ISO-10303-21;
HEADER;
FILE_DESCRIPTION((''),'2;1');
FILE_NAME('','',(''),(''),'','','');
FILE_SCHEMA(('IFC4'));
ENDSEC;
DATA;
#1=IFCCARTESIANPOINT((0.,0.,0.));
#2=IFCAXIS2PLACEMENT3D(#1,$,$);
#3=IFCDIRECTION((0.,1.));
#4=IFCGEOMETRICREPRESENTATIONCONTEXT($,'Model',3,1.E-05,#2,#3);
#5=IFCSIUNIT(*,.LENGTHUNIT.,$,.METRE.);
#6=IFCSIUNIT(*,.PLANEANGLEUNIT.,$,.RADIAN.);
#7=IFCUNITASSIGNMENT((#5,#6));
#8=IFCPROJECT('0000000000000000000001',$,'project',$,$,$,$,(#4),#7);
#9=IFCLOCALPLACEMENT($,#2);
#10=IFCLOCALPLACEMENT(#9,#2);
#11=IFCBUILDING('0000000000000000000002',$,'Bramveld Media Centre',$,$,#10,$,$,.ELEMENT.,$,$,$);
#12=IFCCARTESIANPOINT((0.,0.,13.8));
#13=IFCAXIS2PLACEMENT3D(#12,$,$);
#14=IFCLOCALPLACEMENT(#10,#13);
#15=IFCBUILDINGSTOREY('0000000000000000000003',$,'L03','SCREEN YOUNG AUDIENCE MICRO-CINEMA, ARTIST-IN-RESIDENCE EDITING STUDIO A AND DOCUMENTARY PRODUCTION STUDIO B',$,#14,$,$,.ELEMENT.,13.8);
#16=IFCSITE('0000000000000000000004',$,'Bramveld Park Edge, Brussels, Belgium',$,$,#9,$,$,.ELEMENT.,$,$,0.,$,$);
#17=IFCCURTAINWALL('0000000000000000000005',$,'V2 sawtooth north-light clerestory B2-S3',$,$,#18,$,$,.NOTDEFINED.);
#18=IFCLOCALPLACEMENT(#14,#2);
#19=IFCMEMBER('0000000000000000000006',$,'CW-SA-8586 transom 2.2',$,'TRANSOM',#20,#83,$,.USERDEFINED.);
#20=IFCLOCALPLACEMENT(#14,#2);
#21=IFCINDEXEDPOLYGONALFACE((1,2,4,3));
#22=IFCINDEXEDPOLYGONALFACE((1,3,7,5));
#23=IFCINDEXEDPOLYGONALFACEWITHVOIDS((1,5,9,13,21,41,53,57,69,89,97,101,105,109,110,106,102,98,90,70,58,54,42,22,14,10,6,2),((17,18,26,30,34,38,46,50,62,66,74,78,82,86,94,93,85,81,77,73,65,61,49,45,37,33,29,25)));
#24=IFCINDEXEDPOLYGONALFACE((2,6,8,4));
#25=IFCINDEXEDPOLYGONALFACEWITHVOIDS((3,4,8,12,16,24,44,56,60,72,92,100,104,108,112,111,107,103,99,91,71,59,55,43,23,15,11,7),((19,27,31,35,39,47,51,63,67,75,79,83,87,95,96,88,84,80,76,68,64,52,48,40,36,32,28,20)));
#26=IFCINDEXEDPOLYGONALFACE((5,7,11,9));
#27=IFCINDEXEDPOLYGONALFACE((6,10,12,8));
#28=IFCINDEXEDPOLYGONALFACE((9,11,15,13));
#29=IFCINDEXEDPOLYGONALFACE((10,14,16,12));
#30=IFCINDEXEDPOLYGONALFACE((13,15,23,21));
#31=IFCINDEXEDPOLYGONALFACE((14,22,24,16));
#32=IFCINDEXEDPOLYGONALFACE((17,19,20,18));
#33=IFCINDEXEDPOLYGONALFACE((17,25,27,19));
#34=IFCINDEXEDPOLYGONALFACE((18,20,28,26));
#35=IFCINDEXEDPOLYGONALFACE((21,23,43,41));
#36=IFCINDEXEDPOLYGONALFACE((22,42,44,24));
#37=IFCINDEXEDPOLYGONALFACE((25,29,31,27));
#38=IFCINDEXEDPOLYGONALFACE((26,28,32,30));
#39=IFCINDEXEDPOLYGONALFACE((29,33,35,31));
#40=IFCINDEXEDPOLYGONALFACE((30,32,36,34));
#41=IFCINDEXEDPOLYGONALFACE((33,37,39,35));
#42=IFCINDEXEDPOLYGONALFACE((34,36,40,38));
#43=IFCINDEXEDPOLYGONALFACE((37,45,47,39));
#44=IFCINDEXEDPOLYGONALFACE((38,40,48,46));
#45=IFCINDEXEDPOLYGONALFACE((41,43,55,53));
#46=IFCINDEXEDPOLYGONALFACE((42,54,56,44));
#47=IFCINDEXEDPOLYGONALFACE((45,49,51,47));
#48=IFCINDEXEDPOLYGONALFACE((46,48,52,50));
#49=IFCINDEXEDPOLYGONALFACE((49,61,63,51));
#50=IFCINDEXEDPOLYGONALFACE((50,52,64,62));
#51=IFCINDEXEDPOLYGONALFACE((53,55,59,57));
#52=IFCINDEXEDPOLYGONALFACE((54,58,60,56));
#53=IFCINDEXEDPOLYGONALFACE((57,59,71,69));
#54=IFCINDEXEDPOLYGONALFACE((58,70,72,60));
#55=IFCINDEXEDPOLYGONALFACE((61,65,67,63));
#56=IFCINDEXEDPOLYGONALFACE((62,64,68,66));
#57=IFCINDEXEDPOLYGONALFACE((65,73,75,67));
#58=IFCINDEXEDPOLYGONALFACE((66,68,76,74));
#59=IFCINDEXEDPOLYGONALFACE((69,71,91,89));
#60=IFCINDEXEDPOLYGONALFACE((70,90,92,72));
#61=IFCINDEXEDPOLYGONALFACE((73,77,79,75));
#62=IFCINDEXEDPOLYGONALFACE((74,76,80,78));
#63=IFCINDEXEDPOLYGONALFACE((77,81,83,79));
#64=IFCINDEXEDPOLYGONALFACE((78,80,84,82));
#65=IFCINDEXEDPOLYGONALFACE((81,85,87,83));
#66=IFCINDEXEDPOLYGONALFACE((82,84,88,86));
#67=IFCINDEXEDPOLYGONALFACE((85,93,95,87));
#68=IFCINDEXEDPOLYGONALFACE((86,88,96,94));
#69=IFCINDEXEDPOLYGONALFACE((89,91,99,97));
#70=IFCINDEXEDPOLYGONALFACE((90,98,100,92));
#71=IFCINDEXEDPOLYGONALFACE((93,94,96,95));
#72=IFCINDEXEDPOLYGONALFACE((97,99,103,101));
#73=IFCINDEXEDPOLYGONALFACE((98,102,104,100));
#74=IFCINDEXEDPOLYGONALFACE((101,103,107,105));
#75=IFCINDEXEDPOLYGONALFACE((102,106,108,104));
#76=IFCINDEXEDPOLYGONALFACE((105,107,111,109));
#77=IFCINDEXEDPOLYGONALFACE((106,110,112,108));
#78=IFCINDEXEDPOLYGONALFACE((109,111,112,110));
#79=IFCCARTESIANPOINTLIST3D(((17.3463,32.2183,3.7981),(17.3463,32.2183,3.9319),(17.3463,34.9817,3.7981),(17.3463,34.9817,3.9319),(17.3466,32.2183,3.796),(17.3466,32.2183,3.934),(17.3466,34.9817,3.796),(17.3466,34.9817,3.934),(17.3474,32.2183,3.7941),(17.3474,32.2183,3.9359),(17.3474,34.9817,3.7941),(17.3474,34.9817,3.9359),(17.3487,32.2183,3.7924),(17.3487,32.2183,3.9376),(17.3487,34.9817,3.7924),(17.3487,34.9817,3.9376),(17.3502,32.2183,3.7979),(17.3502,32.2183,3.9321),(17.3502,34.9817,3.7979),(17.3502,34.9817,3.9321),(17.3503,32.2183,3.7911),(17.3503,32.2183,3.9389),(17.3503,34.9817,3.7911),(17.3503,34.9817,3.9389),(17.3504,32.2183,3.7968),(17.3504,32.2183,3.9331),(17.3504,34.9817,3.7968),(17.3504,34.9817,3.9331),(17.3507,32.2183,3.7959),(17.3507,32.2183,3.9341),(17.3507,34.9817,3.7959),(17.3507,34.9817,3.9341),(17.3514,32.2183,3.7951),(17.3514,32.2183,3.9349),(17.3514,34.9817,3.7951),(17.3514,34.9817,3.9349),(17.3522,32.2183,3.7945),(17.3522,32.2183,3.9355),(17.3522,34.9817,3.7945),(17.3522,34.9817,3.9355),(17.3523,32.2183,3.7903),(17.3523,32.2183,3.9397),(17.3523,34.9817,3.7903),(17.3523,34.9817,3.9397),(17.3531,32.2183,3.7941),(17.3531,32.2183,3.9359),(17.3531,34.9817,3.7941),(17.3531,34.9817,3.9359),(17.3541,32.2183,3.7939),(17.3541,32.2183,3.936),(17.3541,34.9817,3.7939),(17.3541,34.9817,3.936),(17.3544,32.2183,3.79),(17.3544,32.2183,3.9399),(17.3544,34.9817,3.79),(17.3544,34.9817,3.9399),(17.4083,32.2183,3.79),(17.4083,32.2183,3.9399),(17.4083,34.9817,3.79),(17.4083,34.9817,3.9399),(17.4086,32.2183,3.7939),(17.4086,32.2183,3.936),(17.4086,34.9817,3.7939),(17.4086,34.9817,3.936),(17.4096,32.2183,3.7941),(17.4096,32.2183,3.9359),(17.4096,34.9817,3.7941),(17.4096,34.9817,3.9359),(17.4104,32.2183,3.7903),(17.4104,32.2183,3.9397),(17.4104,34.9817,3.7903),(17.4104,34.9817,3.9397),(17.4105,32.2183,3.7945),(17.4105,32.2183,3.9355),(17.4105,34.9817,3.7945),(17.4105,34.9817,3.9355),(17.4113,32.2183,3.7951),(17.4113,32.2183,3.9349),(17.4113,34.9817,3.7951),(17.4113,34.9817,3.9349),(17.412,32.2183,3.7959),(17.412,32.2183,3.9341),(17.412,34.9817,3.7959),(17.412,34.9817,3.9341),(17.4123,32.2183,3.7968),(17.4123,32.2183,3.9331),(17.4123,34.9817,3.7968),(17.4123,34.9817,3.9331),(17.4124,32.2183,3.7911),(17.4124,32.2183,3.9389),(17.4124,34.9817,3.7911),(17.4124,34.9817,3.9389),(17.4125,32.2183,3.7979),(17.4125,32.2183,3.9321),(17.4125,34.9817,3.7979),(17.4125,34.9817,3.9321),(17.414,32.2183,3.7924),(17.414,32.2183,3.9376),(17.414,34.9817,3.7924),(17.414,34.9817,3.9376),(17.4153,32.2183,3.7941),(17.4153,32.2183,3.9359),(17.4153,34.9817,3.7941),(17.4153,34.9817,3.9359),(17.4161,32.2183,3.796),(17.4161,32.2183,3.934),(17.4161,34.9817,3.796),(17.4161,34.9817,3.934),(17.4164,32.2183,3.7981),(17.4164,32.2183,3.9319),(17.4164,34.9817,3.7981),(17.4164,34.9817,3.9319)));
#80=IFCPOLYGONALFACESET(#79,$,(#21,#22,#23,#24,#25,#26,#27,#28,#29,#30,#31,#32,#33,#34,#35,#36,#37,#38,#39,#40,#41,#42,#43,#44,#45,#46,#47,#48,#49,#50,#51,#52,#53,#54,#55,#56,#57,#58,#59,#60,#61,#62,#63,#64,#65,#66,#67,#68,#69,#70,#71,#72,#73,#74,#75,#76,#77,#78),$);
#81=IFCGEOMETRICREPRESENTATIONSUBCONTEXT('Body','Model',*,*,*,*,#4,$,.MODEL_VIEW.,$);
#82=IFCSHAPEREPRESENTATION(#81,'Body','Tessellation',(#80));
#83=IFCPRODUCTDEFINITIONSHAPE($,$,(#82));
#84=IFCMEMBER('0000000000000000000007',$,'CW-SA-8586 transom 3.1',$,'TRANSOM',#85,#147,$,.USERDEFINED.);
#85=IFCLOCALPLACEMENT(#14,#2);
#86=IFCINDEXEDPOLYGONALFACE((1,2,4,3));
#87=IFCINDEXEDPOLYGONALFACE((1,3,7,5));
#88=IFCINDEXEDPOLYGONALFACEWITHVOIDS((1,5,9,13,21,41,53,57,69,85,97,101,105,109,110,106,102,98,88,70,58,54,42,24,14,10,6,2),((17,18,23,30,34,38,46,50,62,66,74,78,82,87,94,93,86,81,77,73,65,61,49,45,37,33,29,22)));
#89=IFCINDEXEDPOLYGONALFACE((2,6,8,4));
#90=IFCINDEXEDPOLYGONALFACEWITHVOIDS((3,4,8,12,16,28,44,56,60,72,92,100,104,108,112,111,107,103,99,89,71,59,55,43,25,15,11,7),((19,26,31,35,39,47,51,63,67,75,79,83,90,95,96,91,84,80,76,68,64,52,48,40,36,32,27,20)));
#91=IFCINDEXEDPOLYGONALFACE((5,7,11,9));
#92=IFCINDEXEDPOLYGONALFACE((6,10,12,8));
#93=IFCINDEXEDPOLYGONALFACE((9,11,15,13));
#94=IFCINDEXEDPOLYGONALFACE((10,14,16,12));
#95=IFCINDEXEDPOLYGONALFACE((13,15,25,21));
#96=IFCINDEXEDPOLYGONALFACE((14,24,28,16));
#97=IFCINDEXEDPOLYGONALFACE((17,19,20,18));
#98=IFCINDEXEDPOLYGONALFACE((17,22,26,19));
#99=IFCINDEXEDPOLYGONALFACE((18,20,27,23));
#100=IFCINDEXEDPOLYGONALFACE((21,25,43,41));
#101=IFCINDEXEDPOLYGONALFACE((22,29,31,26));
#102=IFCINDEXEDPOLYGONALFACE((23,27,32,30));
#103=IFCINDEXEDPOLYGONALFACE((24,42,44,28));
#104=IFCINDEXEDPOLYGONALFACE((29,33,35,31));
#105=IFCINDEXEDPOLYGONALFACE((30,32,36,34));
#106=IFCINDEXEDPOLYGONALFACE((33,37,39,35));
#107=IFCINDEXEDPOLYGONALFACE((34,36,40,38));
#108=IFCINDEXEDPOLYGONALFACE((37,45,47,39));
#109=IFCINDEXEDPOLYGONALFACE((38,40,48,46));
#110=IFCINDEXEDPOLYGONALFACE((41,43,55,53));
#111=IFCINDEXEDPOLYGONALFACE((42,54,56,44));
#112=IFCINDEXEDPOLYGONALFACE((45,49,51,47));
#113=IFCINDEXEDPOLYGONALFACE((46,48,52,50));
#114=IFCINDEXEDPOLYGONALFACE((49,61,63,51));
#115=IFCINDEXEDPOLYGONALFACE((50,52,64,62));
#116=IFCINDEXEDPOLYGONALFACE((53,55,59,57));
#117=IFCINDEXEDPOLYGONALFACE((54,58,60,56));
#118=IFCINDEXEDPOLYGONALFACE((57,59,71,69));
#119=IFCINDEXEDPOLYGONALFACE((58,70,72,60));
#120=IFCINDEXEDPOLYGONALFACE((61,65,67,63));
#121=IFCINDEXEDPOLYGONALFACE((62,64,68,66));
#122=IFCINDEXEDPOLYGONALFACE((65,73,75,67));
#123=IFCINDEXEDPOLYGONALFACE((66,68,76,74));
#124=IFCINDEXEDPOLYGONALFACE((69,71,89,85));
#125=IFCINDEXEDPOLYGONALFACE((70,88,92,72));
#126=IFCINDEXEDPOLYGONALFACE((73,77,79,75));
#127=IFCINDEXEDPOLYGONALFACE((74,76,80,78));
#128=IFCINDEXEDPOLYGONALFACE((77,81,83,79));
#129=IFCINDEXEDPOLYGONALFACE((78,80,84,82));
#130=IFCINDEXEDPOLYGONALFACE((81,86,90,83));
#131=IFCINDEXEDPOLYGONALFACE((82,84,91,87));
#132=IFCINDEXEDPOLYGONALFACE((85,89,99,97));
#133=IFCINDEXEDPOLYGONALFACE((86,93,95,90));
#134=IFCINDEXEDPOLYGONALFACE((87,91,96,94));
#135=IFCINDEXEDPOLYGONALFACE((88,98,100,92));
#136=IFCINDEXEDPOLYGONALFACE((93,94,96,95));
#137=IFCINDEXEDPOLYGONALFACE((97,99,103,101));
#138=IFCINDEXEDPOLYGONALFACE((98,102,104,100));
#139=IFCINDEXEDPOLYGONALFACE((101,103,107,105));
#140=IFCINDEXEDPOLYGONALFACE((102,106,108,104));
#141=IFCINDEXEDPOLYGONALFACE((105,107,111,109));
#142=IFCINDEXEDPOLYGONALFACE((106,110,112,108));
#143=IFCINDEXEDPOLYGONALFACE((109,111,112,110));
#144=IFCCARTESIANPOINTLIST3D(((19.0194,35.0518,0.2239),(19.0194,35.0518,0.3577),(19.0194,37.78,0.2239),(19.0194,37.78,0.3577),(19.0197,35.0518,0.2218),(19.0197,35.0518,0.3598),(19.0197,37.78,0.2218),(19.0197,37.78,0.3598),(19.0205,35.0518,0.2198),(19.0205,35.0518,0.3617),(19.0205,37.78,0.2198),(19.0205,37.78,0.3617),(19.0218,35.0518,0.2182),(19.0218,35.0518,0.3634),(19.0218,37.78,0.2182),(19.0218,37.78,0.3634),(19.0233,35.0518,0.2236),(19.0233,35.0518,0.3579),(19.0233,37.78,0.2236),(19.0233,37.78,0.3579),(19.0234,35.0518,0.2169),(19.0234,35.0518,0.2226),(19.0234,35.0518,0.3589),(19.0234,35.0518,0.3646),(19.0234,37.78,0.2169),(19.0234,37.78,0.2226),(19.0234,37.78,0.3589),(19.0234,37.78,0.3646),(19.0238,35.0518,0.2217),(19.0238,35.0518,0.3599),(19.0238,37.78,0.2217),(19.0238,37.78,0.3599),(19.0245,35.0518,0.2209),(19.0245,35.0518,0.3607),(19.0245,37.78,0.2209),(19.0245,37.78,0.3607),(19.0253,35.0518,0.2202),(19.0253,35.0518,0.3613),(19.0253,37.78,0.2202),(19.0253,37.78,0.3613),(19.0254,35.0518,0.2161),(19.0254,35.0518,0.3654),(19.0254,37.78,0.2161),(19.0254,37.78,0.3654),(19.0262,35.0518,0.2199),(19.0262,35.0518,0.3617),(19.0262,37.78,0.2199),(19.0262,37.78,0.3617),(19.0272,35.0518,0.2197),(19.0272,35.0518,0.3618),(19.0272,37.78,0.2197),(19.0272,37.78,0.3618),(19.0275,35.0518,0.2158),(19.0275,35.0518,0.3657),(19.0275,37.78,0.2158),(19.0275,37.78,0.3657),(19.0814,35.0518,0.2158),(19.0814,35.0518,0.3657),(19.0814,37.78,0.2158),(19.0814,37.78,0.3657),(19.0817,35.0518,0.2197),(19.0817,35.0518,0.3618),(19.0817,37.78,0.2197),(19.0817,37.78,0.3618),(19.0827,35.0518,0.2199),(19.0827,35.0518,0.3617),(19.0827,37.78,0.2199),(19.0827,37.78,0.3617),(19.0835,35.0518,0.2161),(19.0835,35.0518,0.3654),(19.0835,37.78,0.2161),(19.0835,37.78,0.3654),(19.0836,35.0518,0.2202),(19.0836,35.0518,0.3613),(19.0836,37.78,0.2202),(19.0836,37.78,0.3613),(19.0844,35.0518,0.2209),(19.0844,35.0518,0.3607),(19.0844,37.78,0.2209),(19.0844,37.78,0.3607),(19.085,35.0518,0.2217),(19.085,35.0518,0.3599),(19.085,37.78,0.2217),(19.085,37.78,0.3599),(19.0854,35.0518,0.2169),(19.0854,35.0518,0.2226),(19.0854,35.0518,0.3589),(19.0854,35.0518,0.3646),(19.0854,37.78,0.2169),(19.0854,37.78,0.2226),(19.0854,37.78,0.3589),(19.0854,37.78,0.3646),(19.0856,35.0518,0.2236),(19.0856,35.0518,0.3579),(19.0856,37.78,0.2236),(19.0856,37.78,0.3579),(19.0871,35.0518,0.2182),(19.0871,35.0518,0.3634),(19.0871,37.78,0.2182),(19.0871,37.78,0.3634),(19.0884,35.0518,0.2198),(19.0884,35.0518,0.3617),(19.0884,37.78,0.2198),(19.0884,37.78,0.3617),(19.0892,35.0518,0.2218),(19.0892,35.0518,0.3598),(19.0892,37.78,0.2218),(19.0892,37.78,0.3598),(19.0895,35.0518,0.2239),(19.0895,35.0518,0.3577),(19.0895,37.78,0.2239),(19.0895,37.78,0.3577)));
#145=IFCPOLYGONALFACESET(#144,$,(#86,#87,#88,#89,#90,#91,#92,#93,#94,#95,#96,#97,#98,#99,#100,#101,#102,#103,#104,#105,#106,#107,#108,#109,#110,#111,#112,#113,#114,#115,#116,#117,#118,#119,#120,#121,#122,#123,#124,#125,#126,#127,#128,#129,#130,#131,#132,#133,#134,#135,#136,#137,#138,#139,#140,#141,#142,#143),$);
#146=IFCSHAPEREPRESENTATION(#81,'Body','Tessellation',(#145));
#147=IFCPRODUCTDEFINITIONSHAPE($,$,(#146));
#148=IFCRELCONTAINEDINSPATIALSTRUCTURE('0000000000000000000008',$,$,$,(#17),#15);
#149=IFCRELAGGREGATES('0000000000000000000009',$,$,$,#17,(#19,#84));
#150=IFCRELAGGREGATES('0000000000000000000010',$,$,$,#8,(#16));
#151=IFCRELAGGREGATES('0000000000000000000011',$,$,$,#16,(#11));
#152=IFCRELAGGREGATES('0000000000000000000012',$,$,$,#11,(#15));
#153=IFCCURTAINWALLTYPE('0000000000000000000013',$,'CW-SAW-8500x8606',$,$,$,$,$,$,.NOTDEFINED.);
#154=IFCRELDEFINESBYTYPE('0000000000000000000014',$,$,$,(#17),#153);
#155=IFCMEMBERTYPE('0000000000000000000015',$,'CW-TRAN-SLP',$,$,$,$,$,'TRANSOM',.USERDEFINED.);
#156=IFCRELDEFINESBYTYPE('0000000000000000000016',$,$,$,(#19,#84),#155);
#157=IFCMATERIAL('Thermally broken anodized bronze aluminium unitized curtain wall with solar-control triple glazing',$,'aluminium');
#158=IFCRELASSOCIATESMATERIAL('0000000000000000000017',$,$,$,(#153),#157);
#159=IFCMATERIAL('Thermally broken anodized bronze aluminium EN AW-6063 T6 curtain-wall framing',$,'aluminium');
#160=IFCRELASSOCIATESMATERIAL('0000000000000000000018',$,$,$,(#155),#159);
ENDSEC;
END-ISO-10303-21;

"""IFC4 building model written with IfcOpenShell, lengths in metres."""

from ifc_helpers import new_model, si_unit, direction, frame, origin, origin_2d, place, context, subcontext, project, spatial, hollow_rectangle, extrude, material, material_profile, profile_set, type_object, element, aggregate, save


model = new_model("IFC4")

# Units and contexts
model_context = context("Model", 3, precision=1e-05, world=origin(), true_north=direction((0.0, 1.0)))
body_context = subcontext(model_context, "Body", "Model", "MODEL_VIEW")
ifc_project = project(units=[si_unit("LENGTHUNIT", "METRE"), si_unit("PLANEANGLEUNIT", "RADIAN")], contexts=[model_context])

# Site, building, storey
site_placement = place(None, origin())
site = spatial("IfcSite", under=ifc_project, at=site_placement, Name="Bramveld Park Edge, Brussels, Belgium", CompositionType="ELEMENT", RefElevation=0.0)
building_placement = place(site_placement, origin())
building = spatial("IfcBuilding", under=site, at=building_placement, Name="Bramveld Media Centre", CompositionType="ELEMENT")
storey_placement = place(building_placement, frame((0.0, 0.0, 13.8)))
storey = spatial("IfcBuildingStorey", under=building, at=storey_placement, Name="L03", Description="SCREEN YOUNG AUDIENCE MICRO-CINEMA, ARTIST-IN-RESIDENCE EDITING STUDIO A AND DOCUMENTARY PRODUCTION STUDIO B", CompositionType="ELEMENT", Elevation=13.8)

# Curtain wall, members
ifc_material_1 = material(Name="Thermally broken anodized bronze aluminium unitized curtain wall with solar-control triple glazing", Category="aluminium")
curtain_wall_type = type_object("IfcCurtainWallType", Name="CW-SAW-8500x8606", PredefinedType="NOTDEFINED", material=ifc_material_1)
curtain_wall_placement = place(storey_placement, origin())
curtain_wall = element("IfcCurtainWall", 1, at=curtain_wall_placement, inside=storey, type_object=curtain_wall_type, Name="V2 sawtooth north-light clerestory B2-S3", PredefinedType="NOTDEFINED")
ifc_material_2 = material(Name="Thermally broken anodized bronze aluminium EN AW-6063 T6 curtain-wall framing", Category="aluminium")
ifc_material_profile_1 = material_profile(ifc_material_2, hollow_rectangle(XDim=0.0701, YDim=0.1499, WallThickness=0.0039, InnerFilletRadius=0.0039, OuterFilletRadius=0.0081, at=origin_2d()), Name="AL-TRAN 70x150")
ifc_profile_set_1 = profile_set([ifc_material_profile_1], Name="Thermally broken anodized bronze aluminium EN AW-6063 T6 curtain-wall framing")
member_type_1 = type_object("IfcMemberType", Name="CW-TRAN-SLP", ElementType="TRANSOM", PredefinedType="USERDEFINED", material=ifc_profile_set_1)
member_1_placement = place(storey_placement, frame((17.3813, 32.2183, 3.865), z_axis=(0.0, 1.0, 0.0), x_axis=(-1.0, 0.0, 0.0)))
member_1 = element("IfcMember", 2, at=member_1_placement, type_object=member_type_1, Name="CW-SA-8586 transom 2.2", ObjectType="TRANSOM", PredefinedType="USERDEFINED", context=body_context, shape_type="SweptSolid", body=[
    extrude(hollow_rectangle(XDim=0.0701, YDim=0.1499, WallThickness=0.0039, InnerFilletRadius=0.0039, OuterFilletRadius=0.0081, at=origin_2d()), origin(), (0.0, 0.0, 1.0), 2.7634),
])
member_2_placement = place(storey_placement, frame((19.0544, 35.0518, 0.2908), z_axis=(0.0, 1.0, 0.0), x_axis=(-1.0, 0.0, 0.0)))
member_2 = element("IfcMember", 3, at=member_2_placement, type_object=member_type_1, Name="CW-SA-8586 transom 3.1", ObjectType="TRANSOM", PredefinedType="USERDEFINED", context=body_context, shape_type="SweptSolid", body=[
    extrude(hollow_rectangle(XDim=0.0701, YDim=0.1499, WallThickness=0.0039, InnerFilletRadius=0.0039, OuterFilletRadius=0.0081, at=origin_2d()), origin(), (0.0, 0.0, 1.0), 2.7283),
])

aggregate(curtain_wall, [member_1, member_2])

save(model, "model.ifc")
